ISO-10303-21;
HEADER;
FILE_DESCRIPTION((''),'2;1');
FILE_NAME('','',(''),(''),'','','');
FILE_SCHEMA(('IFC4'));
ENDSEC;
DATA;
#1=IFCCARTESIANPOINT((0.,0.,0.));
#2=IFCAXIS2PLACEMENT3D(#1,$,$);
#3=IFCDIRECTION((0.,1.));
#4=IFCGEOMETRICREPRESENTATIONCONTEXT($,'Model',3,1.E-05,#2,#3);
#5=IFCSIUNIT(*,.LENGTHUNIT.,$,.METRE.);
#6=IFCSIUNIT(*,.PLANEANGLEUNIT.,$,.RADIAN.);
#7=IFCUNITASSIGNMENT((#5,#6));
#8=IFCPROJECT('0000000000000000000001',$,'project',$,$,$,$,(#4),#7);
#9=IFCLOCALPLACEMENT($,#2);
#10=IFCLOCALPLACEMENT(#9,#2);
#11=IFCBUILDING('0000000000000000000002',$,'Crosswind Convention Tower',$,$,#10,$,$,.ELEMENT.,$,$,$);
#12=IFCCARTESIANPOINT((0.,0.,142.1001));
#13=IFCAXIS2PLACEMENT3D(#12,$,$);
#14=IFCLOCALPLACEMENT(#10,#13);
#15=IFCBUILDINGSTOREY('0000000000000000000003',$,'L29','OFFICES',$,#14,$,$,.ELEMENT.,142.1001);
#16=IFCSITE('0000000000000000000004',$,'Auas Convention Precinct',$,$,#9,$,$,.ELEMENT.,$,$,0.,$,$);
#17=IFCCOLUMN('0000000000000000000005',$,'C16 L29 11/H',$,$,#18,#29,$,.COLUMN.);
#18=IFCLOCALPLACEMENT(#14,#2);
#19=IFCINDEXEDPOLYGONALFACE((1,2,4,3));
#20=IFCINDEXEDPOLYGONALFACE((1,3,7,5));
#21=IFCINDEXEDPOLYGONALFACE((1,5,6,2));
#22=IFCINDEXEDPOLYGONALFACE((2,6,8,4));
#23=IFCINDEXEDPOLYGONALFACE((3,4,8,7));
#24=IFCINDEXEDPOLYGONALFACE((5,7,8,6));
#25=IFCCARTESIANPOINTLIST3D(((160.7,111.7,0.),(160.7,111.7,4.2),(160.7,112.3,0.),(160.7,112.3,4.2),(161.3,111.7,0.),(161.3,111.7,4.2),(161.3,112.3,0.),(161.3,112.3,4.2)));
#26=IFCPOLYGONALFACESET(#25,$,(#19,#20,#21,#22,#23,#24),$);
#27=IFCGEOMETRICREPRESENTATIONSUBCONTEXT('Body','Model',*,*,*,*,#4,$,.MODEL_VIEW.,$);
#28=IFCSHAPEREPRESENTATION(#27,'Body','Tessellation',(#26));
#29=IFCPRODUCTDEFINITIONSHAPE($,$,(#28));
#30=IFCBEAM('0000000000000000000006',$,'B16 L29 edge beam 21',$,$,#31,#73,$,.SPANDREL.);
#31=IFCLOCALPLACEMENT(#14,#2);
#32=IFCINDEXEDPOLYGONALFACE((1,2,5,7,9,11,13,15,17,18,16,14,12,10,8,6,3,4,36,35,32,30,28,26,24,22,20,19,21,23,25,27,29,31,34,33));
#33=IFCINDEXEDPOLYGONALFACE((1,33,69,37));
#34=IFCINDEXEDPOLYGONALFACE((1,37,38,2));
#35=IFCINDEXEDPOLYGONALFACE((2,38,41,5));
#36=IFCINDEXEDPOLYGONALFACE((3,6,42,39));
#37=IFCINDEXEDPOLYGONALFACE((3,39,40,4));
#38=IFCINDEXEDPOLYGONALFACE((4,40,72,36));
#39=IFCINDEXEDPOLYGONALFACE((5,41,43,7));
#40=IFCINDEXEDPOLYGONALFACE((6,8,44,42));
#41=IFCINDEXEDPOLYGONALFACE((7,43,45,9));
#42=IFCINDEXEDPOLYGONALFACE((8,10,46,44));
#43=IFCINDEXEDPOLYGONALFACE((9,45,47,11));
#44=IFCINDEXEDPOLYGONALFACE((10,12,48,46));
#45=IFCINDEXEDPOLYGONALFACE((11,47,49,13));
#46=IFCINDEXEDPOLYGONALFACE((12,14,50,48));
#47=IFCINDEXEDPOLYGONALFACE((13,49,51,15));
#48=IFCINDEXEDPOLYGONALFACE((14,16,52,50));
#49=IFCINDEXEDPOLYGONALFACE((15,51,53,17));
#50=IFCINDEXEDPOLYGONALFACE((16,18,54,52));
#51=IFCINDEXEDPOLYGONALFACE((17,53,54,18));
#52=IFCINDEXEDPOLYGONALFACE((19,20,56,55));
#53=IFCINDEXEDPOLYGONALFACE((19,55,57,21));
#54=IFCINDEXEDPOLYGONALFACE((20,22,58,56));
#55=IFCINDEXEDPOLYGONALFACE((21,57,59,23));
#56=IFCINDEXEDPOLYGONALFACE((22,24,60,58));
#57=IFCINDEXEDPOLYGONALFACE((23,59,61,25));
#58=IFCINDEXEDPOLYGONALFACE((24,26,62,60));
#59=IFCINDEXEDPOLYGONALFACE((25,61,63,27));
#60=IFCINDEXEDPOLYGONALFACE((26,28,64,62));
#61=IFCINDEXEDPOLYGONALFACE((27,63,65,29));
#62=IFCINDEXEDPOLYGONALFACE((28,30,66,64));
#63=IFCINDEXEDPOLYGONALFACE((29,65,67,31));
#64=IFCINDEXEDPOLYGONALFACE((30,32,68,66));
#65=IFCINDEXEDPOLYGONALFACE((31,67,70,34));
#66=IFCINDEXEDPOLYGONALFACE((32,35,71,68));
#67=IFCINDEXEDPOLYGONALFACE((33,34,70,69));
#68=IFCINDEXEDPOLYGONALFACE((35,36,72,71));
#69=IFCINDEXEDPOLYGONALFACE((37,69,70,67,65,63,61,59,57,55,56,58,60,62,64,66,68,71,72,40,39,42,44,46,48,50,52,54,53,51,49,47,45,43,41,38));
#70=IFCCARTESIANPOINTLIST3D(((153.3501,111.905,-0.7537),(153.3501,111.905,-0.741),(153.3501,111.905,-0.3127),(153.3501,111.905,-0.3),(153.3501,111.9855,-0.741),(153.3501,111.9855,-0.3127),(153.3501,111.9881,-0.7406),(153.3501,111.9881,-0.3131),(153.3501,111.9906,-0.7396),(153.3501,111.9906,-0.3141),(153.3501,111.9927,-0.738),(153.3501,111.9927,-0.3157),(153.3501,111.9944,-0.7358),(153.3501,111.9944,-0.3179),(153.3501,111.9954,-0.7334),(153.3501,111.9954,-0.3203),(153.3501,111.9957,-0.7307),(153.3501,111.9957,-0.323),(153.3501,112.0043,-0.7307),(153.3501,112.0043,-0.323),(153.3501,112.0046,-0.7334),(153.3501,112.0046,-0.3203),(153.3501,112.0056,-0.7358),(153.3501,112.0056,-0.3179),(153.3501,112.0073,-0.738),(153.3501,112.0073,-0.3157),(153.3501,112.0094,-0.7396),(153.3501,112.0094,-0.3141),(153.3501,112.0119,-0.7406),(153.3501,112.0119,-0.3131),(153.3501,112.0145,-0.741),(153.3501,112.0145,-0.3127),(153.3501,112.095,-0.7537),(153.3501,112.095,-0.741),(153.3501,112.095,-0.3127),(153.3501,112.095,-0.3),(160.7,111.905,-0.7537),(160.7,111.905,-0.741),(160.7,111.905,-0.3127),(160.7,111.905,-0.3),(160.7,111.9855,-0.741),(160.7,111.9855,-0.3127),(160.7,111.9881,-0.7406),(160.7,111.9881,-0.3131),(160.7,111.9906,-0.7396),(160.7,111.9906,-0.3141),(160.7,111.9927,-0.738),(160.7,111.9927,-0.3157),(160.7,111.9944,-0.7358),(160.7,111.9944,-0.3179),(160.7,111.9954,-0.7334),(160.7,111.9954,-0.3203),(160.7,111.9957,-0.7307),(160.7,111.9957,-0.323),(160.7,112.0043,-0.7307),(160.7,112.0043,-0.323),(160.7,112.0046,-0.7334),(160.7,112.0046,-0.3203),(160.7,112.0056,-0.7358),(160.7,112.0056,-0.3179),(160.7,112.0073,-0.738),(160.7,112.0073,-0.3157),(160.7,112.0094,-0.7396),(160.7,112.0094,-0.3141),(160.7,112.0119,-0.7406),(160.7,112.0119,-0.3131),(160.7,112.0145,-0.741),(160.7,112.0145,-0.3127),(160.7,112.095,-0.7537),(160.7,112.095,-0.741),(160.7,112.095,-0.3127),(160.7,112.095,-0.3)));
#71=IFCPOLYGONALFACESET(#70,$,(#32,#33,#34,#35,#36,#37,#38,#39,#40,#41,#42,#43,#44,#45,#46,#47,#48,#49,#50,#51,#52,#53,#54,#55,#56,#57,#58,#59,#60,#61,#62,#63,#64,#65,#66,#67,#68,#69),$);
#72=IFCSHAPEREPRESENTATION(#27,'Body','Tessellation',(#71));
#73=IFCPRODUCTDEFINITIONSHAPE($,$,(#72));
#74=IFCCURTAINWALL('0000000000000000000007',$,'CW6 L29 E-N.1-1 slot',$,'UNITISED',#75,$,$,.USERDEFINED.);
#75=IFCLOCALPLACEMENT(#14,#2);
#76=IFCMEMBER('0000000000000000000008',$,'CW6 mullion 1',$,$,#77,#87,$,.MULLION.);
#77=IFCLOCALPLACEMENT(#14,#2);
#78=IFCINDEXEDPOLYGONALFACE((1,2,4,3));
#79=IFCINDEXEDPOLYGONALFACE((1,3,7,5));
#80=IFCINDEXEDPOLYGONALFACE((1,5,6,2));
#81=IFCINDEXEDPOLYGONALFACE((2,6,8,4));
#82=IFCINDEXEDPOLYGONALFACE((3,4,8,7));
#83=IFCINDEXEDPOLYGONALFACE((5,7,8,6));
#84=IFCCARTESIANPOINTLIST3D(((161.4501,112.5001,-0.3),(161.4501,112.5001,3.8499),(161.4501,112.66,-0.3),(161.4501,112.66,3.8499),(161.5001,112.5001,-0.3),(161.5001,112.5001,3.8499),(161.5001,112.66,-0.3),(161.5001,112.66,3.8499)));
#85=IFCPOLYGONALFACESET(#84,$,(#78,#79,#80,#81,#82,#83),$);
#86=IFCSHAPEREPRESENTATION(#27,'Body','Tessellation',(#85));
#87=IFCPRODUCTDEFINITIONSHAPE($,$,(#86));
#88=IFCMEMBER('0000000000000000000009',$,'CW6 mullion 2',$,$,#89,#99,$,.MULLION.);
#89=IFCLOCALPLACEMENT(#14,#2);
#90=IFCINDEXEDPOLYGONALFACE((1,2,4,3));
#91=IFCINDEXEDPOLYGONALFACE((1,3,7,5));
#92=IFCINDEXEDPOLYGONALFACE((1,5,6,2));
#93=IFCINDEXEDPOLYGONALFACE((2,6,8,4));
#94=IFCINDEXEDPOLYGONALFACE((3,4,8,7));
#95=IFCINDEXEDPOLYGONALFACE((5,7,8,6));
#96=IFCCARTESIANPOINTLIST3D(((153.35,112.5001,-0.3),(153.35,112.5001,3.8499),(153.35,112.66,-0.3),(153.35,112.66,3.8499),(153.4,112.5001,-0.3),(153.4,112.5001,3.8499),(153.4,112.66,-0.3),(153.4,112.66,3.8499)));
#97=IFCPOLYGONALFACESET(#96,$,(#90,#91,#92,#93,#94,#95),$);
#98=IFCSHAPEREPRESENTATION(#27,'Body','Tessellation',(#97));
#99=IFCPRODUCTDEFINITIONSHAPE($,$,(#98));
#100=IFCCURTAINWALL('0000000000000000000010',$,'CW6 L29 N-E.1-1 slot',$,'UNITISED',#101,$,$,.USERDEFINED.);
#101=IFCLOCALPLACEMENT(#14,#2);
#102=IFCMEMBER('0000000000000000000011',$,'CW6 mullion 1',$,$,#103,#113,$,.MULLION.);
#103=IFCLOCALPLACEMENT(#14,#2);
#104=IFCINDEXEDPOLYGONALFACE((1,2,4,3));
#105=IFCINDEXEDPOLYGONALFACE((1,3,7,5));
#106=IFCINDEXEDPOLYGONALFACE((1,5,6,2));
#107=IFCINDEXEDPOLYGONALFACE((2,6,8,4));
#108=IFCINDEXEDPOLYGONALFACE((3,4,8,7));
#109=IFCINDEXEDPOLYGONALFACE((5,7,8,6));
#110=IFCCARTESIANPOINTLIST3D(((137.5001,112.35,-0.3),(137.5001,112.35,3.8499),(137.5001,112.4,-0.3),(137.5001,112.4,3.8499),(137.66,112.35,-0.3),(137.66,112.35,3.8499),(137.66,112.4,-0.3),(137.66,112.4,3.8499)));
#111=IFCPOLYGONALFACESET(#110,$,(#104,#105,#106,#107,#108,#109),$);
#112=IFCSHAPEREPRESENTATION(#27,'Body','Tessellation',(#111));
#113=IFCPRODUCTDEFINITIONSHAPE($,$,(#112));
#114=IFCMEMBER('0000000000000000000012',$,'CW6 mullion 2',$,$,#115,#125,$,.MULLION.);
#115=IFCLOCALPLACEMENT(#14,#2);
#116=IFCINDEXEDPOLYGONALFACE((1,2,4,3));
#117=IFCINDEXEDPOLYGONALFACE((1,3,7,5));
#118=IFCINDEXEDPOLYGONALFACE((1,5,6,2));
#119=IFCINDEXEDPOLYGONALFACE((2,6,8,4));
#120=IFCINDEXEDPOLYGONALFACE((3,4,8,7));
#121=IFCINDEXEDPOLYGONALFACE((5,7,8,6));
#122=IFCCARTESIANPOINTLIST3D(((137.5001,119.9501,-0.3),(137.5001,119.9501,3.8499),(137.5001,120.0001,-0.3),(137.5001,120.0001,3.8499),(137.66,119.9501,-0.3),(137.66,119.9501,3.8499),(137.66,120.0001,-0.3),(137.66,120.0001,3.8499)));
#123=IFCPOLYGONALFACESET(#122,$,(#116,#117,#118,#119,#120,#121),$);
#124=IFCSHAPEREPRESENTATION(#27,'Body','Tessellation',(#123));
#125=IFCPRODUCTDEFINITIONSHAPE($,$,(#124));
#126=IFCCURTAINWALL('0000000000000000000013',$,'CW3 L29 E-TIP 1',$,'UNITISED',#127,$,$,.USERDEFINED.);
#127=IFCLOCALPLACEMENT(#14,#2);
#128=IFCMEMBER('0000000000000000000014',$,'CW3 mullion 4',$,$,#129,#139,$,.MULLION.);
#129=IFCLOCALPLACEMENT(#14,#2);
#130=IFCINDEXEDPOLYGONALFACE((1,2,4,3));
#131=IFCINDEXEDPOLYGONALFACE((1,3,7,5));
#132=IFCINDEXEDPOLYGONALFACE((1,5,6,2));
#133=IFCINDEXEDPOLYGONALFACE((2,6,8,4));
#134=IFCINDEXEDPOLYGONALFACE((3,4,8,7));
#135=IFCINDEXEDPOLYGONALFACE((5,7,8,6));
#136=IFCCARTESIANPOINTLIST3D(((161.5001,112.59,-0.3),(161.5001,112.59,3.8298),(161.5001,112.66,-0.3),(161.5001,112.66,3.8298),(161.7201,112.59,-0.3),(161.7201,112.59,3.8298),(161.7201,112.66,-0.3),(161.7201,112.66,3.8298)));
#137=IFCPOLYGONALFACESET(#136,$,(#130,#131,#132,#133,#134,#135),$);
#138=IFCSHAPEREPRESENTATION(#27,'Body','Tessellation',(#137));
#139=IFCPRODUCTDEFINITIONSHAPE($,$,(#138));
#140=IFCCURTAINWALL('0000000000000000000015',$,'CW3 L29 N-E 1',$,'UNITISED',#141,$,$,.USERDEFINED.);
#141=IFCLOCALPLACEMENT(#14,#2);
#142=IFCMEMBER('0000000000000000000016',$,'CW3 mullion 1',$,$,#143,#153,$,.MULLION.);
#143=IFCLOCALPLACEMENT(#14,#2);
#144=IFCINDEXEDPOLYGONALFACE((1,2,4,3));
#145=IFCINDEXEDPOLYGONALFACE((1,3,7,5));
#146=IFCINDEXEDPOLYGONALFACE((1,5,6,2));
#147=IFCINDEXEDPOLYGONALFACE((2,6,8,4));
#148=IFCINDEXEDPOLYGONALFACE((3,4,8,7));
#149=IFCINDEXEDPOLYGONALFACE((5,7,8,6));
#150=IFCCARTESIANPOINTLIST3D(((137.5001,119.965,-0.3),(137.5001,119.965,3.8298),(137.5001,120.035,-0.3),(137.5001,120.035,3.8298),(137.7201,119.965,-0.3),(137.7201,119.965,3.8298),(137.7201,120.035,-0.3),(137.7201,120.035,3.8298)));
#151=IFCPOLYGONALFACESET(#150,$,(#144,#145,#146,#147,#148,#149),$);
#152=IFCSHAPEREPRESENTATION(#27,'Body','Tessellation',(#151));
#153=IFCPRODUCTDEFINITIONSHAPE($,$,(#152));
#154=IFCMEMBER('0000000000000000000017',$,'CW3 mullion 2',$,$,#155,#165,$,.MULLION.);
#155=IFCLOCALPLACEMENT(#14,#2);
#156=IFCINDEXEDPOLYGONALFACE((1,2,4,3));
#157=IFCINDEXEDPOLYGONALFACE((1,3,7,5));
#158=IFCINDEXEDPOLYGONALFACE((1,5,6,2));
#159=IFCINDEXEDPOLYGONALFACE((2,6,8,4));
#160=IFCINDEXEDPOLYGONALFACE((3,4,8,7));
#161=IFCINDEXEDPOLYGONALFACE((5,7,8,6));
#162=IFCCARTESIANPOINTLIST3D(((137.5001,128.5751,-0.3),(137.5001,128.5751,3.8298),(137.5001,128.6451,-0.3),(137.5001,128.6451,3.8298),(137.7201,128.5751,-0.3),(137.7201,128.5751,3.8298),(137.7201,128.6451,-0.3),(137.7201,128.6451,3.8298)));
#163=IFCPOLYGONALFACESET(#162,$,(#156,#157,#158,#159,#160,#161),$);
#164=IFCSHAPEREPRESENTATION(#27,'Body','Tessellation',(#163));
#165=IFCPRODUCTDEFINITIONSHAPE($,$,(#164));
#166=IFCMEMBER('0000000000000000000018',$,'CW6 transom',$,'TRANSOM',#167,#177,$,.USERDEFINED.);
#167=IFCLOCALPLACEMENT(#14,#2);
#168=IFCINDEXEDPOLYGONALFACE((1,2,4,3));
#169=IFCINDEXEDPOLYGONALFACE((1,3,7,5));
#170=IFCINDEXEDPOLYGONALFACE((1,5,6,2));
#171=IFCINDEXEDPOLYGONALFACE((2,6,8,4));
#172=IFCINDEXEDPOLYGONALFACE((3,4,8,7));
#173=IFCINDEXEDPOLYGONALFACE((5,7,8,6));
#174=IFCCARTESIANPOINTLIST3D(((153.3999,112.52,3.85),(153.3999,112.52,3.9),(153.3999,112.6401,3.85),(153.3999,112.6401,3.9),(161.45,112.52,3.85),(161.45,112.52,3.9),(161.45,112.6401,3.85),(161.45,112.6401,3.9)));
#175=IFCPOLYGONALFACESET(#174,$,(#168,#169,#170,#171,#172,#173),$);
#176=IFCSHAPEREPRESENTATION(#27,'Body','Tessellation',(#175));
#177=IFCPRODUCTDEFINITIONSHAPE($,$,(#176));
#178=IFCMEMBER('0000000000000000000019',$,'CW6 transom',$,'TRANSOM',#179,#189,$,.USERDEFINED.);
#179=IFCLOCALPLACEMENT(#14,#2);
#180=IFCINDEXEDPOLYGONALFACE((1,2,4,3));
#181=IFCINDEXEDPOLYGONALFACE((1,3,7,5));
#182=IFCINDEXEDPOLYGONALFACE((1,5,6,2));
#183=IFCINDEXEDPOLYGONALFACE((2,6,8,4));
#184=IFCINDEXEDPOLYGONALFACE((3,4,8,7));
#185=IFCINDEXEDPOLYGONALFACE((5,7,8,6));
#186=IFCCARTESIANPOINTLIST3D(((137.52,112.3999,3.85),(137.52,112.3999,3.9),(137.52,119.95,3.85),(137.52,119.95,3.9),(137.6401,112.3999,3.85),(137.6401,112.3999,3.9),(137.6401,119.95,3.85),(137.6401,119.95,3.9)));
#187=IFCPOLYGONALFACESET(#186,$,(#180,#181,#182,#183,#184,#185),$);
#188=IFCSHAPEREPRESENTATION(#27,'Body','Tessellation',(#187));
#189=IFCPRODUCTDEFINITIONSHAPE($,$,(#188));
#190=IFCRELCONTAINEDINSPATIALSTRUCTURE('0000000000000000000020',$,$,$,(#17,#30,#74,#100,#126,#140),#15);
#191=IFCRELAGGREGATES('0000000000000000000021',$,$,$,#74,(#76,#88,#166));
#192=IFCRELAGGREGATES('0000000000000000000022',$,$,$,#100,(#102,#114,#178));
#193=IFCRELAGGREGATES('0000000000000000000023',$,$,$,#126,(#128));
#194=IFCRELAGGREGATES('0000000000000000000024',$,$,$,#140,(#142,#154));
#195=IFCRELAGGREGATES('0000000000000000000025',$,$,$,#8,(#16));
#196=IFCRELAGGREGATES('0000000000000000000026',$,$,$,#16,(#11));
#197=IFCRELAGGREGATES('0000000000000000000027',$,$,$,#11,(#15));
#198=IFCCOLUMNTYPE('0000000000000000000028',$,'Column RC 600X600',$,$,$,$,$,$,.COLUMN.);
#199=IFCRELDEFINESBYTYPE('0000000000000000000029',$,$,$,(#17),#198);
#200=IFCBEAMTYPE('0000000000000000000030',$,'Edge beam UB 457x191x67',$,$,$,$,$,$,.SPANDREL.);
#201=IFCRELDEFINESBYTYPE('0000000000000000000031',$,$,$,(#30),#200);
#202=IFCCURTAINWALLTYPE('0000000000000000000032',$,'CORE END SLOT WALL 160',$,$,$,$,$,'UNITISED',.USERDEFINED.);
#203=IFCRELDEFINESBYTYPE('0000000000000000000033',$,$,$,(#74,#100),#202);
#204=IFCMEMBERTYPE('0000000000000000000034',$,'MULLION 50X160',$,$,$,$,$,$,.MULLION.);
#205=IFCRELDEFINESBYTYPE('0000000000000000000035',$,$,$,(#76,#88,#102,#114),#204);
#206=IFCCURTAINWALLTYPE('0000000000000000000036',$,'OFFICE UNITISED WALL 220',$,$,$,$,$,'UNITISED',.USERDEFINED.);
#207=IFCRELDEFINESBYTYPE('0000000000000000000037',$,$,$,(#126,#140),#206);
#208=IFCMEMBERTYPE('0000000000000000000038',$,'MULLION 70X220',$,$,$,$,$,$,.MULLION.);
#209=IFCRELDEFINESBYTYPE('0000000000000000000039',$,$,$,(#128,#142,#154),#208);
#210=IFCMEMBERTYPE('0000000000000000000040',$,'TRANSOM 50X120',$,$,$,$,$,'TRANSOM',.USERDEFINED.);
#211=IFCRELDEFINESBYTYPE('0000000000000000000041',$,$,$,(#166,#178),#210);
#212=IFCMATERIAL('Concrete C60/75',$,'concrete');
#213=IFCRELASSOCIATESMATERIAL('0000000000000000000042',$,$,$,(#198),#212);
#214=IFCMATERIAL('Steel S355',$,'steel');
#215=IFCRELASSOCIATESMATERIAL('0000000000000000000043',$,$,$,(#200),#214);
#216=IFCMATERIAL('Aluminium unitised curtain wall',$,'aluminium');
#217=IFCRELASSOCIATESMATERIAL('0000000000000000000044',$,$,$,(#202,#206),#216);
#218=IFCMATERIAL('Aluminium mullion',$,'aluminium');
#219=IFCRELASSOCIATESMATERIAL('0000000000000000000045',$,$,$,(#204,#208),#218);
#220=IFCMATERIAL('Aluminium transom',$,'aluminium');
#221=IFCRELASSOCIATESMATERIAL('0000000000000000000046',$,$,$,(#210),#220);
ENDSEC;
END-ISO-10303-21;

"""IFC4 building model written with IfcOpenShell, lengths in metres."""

from ifc_helpers import new_model, si_unit, direction, frame, origin, origin_2d, place, context, subcontext, project, spatial, rectangle, i_section, extrude, material, material_profile, profile_set, type_object, element, aggregate, save


model = new_model("IFC4")

# Units and contexts
model_context = context("Model", 3, precision=1e-05, world=origin(), true_north=direction((0.0, 1.0)))
body_context = subcontext(model_context, "Body", "Model", "MODEL_VIEW")
ifc_project = project(units=[si_unit("LENGTHUNIT", "METRE"), si_unit("PLANEANGLEUNIT", "RADIAN")], contexts=[model_context])

# Site, building, storey
site_placement = place(None, origin())
site = spatial("IfcSite", under=ifc_project, at=site_placement, Name="Auas Convention Precinct", CompositionType="ELEMENT", RefElevation=0.0)
building_placement = place(site_placement, origin())
building = spatial("IfcBuilding", under=site, at=building_placement, Name="Crosswind Convention Tower", CompositionType="ELEMENT")
storey_placement = place(building_placement, frame((0.0, 0.0, 142.1001)))
storey = spatial("IfcBuildingStorey", under=building, at=storey_placement, Name="L29", Description="OFFICES", CompositionType="ELEMENT", Elevation=142.1001)

# Column
ifc_material_1 = material(Name="Concrete C60/75", Category="concrete")
ifc_material_profile_1 = material_profile(ifc_material_1, rectangle(XDim=0.6001, YDim=0.6001, at=origin_2d()), Name="RC 600X600")
ifc_profile_set_1 = profile_set([ifc_material_profile_1], Name="Concrete C60/75")
column_type = type_object("IfcColumnType", Name="Column RC 600X600", PredefinedType="COLUMN", material=ifc_profile_set_1)
column_placement = place(storey_placement, frame((161.0, 112.0, 0.0), z_axis=(0.0, 0.0, 1.0), x_axis=(1.0, 0.0, 0.0)))
element("IfcColumn", 1, at=column_placement, inside=storey, type_object=column_type, Name="C16 L29 11/H", PredefinedType="COLUMN", context=body_context, shape_type="SweptSolid", body=[
    extrude(rectangle(XDim=0.6001, YDim=0.6001, at=origin_2d()), origin(), (0.0, 0.0, 1.0), 4.2),
])

# Beam
ifc_material_2 = material(Name="Steel S355", Category="steel")
ifc_material_profile_2 = material_profile(ifc_material_2, i_section(OverallWidth=0.1899, OverallDepth=0.4536, WebThickness=0.0085, FlangeThickness=0.0127, FilletRadius=0.0103, at=origin_2d()), Name="UB 457x191x67")
ifc_profile_set_2 = profile_set([ifc_material_profile_2], Name="Steel S355")
beam_type = type_object("IfcBeamType", Name="Edge beam UB 457x191x67", PredefinedType="SPANDREL", material=ifc_profile_set_2)
beam_placement = place(storey_placement, frame((153.3501, 112.0, -0.5269), z_axis=(1.0, 0.0, 0.0), x_axis=(0.0, 1.0, 0.0)))
element("IfcBeam", 2, at=beam_placement, inside=storey, type_object=beam_type, Name="B16 L29 edge beam 21", PredefinedType="SPANDREL", context=body_context, shape_type="SweptSolid", body=[
    extrude(i_section(OverallWidth=0.1899, OverallDepth=0.4536, WebThickness=0.0085, FlangeThickness=0.0127, FilletRadius=0.0103, at=origin_2d()), origin(), (0.0, 0.0, 1.0), 7.3499),
])

# Curtain walls, members
ifc_material_3 = material(Name="Aluminium unitised curtain wall", Category="aluminium")
curtain_wall_type_1 = type_object("IfcCurtainWallType", Name="CORE END SLOT WALL 160", ElementType="UNITISED", PredefinedType="USERDEFINED", material=ifc_material_3)
curtain_wall_1_placement = place(storey_placement, origin())
curtain_wall_1 = element("IfcCurtainWall", 3, at=curtain_wall_1_placement, inside=storey, type_object=curtain_wall_type_1, Name="CW6 L29 E-N.1-1 slot", ObjectType="UNITISED", PredefinedType="USERDEFINED")
ifc_material_4 = material(Name="Aluminium mullion", Category="aluminium")
ifc_material_profile_3 = material_profile(ifc_material_4, rectangle(XDim=0.1599, YDim=0.05, at=origin_2d()), Name="AL 160X50")
ifc_profile_set_3 = profile_set([ifc_material_profile_3], Name="Aluminium mullion")
member_type_1 = type_object("IfcMemberType", Name="MULLION 50X160", PredefinedType="MULLION", material=ifc_profile_set_3)
member_1_placement = place(storey_placement, frame((161.4751, 112.5801, -0.3), z_axis=(0.0, 0.0, 1.0), x_axis=(0.0, 1.0, 0.0)))
member_1 = element("IfcMember", 4, at=member_1_placement, type_object=member_type_1, Name="CW6 mullion 1", PredefinedType="MULLION", context=body_context, shape_type="SweptSolid", body=[
    extrude(rectangle(XDim=0.1599, YDim=0.05, at=origin_2d()), origin(), (0.0, 0.0, 1.0), 4.1499),
])
member_2_placement = place(storey_placement, frame((153.375, 112.5801, -0.3), z_axis=(0.0, 0.0, 1.0), x_axis=(0.0, 1.0, 0.0)))
member_2 = element("IfcMember", 5, at=member_2_placement, type_object=member_type_1, Name="CW6 mullion 2", PredefinedType="MULLION", context=body_context, shape_type="SweptSolid", body=[
    extrude(rectangle(XDim=0.1599, YDim=0.05, at=origin_2d()), origin(), (0.0, 0.0, 1.0), 4.1499),
])
curtain_wall_2_placement = place(storey_placement, origin())
curtain_wall_2 = element("IfcCurtainWall", 6, at=curtain_wall_2_placement, inside=storey, type_object=curtain_wall_type_1, Name="CW6 L29 N-E.1-1 slot", ObjectType="UNITISED", PredefinedType="USERDEFINED")
member_3_placement = place(storey_placement, frame((137.5801, 112.375, -0.3), z_axis=(0.0, 0.0, 1.0), x_axis=(1.0, 0.0, 0.0)))
member_3 = element("IfcMember", 7, at=member_3_placement, type_object=member_type_1, Name="CW6 mullion 1", PredefinedType="MULLION", context=body_context, shape_type="SweptSolid", body=[
    extrude(rectangle(XDim=0.1599, YDim=0.05, at=origin_2d()), origin(), (0.0, 0.0, 1.0), 4.1499),
])
member_4_placement = place(storey_placement, frame((137.5801, 119.9751, -0.3), z_axis=(0.0, 0.0, 1.0), x_axis=(1.0, 0.0, 0.0)))
member_4 = element("IfcMember", 8, at=member_4_placement, type_object=member_type_1, Name="CW6 mullion 2", PredefinedType="MULLION", context=body_context, shape_type="SweptSolid", body=[
    extrude(rectangle(XDim=0.1599, YDim=0.05, at=origin_2d()), origin(), (0.0, 0.0, 1.0), 4.1499),
])

# Curtain wall, member
curtain_wall_type_2 = type_object("IfcCurtainWallType", Name="OFFICE UNITISED WALL 220", ElementType="UNITISED", PredefinedType="USERDEFINED", material=ifc_material_3)
curtain_wall_3_placement = place(storey_placement, origin())
curtain_wall_3 = element("IfcCurtainWall", 9, at=curtain_wall_3_placement, inside=storey, type_object=curtain_wall_type_2, Name="CW3 L29 E-TIP 1", ObjectType="UNITISED", PredefinedType="USERDEFINED")
ifc_material_profile_4 = material_profile(ifc_material_4, rectangle(XDim=0.22, YDim=0.0701, at=origin_2d()), Name="AL 220X70")
ifc_profile_set_4 = profile_set([ifc_material_profile_4], Name="Aluminium mullion")
member_type_2 = type_object("IfcMemberType", Name="MULLION 70X220", PredefinedType="MULLION", material=ifc_profile_set_4)
member_5_placement = place(storey_placement, frame((161.6101, 112.625, -0.3), z_axis=(0.0, 0.0, 1.0), x_axis=(1.0, 0.0, 0.0)))
member_5 = element("IfcMember", 10, at=member_5_placement, type_object=member_type_2, Name="CW3 mullion 4", PredefinedType="MULLION", context=body_context, shape_type="SweptSolid", body=[
    extrude(rectangle(XDim=0.22, YDim=0.0701, at=origin_2d()), origin(), (0.0, 0.0, 1.0), 4.1299),
])

# Curtain wall, members
curtain_wall_4_placement = place(storey_placement, origin())
curtain_wall_4 = element("IfcCurtainWall", 11, at=curtain_wall_4_placement, inside=storey, type_object=curtain_wall_type_2, Name="CW3 L29 N-E 1", ObjectType="UNITISED", PredefinedType="USERDEFINED")
member_6_placement = place(storey_placement, frame((137.6101, 120.0, -0.3), z_axis=(0.0, 0.0, 1.0), x_axis=(1.0, 0.0, 0.0)))
member_6 = element("IfcMember", 12, at=member_6_placement, type_object=member_type_2, Name="CW3 mullion 1", PredefinedType="MULLION", context=body_context, shape_type="SweptSolid", body=[
    extrude(rectangle(XDim=0.22, YDim=0.0701, at=origin_2d()), origin(), (0.0, 0.0, 1.0), 4.1299),
])
member_7_placement = place(storey_placement, frame((137.6101, 128.6101, -0.3), z_axis=(0.0, 0.0, 1.0), x_axis=(1.0, 0.0, 0.0)))
member_7 = element("IfcMember", 13, at=member_7_placement, type_object=member_type_2, Name="CW3 mullion 2", PredefinedType="MULLION", context=body_context, shape_type="SweptSolid", body=[
    extrude(rectangle(XDim=0.22, YDim=0.0701, at=origin_2d()), origin(), (0.0, 0.0, 1.0), 4.1299),
])

# Members
ifc_material_5 = material(Name="Aluminium transom", Category="aluminium")
ifc_material_profile_5 = material_profile(ifc_material_5, rectangle(XDim=0.1201, YDim=0.05, at=origin_2d()), Name="AL 120X50")
ifc_profile_set_5 = profile_set([ifc_material_profile_5], Name="Aluminium transom")
member_type_3 = type_object("IfcMemberType", Name="TRANSOM 50X120", ElementType="TRANSOM", PredefinedType="USERDEFINED", material=ifc_profile_set_5)
member_8_placement = place(storey_placement, frame((161.45, 112.5801, 3.875), z_axis=(-1.0, 0.0, 0.0), x_axis=(0.0, -1.0, 0.0)))
member_8 = element("IfcMember", 14, at=member_8_placement, type_object=member_type_3, Name="CW6 transom", ObjectType="TRANSOM", PredefinedType="USERDEFINED", context=body_context, shape_type="SweptSolid", body=[
    extrude(rectangle(XDim=0.1201, YDim=0.05, at=origin_2d()), origin(), (0.0, 0.0, 1.0), 8.05),
])
member_9_placement = place(storey_placement, frame((137.5801, 112.3999, 3.875), z_axis=(0.0, 1.0, 0.0), x_axis=(-1.0, 0.0, 0.0)))
member_9 = element("IfcMember", 15, at=member_9_placement, type_object=member_type_3, Name="CW6 transom", ObjectType="TRANSOM", PredefinedType="USERDEFINED", context=body_context, shape_type="SweptSolid", body=[
    extrude(rectangle(XDim=0.1201, YDim=0.05, at=origin_2d()), origin(), (0.0, 0.0, 1.0), 7.55),
])

aggregate(curtain_wall_1, [member_1, member_2, member_8])
aggregate(curtain_wall_2, [member_3, member_4, member_9])
aggregate(curtain_wall_3, [member_5])

aggregate(curtain_wall_4, [member_6, member_7])

save(model, "model.ifc")
